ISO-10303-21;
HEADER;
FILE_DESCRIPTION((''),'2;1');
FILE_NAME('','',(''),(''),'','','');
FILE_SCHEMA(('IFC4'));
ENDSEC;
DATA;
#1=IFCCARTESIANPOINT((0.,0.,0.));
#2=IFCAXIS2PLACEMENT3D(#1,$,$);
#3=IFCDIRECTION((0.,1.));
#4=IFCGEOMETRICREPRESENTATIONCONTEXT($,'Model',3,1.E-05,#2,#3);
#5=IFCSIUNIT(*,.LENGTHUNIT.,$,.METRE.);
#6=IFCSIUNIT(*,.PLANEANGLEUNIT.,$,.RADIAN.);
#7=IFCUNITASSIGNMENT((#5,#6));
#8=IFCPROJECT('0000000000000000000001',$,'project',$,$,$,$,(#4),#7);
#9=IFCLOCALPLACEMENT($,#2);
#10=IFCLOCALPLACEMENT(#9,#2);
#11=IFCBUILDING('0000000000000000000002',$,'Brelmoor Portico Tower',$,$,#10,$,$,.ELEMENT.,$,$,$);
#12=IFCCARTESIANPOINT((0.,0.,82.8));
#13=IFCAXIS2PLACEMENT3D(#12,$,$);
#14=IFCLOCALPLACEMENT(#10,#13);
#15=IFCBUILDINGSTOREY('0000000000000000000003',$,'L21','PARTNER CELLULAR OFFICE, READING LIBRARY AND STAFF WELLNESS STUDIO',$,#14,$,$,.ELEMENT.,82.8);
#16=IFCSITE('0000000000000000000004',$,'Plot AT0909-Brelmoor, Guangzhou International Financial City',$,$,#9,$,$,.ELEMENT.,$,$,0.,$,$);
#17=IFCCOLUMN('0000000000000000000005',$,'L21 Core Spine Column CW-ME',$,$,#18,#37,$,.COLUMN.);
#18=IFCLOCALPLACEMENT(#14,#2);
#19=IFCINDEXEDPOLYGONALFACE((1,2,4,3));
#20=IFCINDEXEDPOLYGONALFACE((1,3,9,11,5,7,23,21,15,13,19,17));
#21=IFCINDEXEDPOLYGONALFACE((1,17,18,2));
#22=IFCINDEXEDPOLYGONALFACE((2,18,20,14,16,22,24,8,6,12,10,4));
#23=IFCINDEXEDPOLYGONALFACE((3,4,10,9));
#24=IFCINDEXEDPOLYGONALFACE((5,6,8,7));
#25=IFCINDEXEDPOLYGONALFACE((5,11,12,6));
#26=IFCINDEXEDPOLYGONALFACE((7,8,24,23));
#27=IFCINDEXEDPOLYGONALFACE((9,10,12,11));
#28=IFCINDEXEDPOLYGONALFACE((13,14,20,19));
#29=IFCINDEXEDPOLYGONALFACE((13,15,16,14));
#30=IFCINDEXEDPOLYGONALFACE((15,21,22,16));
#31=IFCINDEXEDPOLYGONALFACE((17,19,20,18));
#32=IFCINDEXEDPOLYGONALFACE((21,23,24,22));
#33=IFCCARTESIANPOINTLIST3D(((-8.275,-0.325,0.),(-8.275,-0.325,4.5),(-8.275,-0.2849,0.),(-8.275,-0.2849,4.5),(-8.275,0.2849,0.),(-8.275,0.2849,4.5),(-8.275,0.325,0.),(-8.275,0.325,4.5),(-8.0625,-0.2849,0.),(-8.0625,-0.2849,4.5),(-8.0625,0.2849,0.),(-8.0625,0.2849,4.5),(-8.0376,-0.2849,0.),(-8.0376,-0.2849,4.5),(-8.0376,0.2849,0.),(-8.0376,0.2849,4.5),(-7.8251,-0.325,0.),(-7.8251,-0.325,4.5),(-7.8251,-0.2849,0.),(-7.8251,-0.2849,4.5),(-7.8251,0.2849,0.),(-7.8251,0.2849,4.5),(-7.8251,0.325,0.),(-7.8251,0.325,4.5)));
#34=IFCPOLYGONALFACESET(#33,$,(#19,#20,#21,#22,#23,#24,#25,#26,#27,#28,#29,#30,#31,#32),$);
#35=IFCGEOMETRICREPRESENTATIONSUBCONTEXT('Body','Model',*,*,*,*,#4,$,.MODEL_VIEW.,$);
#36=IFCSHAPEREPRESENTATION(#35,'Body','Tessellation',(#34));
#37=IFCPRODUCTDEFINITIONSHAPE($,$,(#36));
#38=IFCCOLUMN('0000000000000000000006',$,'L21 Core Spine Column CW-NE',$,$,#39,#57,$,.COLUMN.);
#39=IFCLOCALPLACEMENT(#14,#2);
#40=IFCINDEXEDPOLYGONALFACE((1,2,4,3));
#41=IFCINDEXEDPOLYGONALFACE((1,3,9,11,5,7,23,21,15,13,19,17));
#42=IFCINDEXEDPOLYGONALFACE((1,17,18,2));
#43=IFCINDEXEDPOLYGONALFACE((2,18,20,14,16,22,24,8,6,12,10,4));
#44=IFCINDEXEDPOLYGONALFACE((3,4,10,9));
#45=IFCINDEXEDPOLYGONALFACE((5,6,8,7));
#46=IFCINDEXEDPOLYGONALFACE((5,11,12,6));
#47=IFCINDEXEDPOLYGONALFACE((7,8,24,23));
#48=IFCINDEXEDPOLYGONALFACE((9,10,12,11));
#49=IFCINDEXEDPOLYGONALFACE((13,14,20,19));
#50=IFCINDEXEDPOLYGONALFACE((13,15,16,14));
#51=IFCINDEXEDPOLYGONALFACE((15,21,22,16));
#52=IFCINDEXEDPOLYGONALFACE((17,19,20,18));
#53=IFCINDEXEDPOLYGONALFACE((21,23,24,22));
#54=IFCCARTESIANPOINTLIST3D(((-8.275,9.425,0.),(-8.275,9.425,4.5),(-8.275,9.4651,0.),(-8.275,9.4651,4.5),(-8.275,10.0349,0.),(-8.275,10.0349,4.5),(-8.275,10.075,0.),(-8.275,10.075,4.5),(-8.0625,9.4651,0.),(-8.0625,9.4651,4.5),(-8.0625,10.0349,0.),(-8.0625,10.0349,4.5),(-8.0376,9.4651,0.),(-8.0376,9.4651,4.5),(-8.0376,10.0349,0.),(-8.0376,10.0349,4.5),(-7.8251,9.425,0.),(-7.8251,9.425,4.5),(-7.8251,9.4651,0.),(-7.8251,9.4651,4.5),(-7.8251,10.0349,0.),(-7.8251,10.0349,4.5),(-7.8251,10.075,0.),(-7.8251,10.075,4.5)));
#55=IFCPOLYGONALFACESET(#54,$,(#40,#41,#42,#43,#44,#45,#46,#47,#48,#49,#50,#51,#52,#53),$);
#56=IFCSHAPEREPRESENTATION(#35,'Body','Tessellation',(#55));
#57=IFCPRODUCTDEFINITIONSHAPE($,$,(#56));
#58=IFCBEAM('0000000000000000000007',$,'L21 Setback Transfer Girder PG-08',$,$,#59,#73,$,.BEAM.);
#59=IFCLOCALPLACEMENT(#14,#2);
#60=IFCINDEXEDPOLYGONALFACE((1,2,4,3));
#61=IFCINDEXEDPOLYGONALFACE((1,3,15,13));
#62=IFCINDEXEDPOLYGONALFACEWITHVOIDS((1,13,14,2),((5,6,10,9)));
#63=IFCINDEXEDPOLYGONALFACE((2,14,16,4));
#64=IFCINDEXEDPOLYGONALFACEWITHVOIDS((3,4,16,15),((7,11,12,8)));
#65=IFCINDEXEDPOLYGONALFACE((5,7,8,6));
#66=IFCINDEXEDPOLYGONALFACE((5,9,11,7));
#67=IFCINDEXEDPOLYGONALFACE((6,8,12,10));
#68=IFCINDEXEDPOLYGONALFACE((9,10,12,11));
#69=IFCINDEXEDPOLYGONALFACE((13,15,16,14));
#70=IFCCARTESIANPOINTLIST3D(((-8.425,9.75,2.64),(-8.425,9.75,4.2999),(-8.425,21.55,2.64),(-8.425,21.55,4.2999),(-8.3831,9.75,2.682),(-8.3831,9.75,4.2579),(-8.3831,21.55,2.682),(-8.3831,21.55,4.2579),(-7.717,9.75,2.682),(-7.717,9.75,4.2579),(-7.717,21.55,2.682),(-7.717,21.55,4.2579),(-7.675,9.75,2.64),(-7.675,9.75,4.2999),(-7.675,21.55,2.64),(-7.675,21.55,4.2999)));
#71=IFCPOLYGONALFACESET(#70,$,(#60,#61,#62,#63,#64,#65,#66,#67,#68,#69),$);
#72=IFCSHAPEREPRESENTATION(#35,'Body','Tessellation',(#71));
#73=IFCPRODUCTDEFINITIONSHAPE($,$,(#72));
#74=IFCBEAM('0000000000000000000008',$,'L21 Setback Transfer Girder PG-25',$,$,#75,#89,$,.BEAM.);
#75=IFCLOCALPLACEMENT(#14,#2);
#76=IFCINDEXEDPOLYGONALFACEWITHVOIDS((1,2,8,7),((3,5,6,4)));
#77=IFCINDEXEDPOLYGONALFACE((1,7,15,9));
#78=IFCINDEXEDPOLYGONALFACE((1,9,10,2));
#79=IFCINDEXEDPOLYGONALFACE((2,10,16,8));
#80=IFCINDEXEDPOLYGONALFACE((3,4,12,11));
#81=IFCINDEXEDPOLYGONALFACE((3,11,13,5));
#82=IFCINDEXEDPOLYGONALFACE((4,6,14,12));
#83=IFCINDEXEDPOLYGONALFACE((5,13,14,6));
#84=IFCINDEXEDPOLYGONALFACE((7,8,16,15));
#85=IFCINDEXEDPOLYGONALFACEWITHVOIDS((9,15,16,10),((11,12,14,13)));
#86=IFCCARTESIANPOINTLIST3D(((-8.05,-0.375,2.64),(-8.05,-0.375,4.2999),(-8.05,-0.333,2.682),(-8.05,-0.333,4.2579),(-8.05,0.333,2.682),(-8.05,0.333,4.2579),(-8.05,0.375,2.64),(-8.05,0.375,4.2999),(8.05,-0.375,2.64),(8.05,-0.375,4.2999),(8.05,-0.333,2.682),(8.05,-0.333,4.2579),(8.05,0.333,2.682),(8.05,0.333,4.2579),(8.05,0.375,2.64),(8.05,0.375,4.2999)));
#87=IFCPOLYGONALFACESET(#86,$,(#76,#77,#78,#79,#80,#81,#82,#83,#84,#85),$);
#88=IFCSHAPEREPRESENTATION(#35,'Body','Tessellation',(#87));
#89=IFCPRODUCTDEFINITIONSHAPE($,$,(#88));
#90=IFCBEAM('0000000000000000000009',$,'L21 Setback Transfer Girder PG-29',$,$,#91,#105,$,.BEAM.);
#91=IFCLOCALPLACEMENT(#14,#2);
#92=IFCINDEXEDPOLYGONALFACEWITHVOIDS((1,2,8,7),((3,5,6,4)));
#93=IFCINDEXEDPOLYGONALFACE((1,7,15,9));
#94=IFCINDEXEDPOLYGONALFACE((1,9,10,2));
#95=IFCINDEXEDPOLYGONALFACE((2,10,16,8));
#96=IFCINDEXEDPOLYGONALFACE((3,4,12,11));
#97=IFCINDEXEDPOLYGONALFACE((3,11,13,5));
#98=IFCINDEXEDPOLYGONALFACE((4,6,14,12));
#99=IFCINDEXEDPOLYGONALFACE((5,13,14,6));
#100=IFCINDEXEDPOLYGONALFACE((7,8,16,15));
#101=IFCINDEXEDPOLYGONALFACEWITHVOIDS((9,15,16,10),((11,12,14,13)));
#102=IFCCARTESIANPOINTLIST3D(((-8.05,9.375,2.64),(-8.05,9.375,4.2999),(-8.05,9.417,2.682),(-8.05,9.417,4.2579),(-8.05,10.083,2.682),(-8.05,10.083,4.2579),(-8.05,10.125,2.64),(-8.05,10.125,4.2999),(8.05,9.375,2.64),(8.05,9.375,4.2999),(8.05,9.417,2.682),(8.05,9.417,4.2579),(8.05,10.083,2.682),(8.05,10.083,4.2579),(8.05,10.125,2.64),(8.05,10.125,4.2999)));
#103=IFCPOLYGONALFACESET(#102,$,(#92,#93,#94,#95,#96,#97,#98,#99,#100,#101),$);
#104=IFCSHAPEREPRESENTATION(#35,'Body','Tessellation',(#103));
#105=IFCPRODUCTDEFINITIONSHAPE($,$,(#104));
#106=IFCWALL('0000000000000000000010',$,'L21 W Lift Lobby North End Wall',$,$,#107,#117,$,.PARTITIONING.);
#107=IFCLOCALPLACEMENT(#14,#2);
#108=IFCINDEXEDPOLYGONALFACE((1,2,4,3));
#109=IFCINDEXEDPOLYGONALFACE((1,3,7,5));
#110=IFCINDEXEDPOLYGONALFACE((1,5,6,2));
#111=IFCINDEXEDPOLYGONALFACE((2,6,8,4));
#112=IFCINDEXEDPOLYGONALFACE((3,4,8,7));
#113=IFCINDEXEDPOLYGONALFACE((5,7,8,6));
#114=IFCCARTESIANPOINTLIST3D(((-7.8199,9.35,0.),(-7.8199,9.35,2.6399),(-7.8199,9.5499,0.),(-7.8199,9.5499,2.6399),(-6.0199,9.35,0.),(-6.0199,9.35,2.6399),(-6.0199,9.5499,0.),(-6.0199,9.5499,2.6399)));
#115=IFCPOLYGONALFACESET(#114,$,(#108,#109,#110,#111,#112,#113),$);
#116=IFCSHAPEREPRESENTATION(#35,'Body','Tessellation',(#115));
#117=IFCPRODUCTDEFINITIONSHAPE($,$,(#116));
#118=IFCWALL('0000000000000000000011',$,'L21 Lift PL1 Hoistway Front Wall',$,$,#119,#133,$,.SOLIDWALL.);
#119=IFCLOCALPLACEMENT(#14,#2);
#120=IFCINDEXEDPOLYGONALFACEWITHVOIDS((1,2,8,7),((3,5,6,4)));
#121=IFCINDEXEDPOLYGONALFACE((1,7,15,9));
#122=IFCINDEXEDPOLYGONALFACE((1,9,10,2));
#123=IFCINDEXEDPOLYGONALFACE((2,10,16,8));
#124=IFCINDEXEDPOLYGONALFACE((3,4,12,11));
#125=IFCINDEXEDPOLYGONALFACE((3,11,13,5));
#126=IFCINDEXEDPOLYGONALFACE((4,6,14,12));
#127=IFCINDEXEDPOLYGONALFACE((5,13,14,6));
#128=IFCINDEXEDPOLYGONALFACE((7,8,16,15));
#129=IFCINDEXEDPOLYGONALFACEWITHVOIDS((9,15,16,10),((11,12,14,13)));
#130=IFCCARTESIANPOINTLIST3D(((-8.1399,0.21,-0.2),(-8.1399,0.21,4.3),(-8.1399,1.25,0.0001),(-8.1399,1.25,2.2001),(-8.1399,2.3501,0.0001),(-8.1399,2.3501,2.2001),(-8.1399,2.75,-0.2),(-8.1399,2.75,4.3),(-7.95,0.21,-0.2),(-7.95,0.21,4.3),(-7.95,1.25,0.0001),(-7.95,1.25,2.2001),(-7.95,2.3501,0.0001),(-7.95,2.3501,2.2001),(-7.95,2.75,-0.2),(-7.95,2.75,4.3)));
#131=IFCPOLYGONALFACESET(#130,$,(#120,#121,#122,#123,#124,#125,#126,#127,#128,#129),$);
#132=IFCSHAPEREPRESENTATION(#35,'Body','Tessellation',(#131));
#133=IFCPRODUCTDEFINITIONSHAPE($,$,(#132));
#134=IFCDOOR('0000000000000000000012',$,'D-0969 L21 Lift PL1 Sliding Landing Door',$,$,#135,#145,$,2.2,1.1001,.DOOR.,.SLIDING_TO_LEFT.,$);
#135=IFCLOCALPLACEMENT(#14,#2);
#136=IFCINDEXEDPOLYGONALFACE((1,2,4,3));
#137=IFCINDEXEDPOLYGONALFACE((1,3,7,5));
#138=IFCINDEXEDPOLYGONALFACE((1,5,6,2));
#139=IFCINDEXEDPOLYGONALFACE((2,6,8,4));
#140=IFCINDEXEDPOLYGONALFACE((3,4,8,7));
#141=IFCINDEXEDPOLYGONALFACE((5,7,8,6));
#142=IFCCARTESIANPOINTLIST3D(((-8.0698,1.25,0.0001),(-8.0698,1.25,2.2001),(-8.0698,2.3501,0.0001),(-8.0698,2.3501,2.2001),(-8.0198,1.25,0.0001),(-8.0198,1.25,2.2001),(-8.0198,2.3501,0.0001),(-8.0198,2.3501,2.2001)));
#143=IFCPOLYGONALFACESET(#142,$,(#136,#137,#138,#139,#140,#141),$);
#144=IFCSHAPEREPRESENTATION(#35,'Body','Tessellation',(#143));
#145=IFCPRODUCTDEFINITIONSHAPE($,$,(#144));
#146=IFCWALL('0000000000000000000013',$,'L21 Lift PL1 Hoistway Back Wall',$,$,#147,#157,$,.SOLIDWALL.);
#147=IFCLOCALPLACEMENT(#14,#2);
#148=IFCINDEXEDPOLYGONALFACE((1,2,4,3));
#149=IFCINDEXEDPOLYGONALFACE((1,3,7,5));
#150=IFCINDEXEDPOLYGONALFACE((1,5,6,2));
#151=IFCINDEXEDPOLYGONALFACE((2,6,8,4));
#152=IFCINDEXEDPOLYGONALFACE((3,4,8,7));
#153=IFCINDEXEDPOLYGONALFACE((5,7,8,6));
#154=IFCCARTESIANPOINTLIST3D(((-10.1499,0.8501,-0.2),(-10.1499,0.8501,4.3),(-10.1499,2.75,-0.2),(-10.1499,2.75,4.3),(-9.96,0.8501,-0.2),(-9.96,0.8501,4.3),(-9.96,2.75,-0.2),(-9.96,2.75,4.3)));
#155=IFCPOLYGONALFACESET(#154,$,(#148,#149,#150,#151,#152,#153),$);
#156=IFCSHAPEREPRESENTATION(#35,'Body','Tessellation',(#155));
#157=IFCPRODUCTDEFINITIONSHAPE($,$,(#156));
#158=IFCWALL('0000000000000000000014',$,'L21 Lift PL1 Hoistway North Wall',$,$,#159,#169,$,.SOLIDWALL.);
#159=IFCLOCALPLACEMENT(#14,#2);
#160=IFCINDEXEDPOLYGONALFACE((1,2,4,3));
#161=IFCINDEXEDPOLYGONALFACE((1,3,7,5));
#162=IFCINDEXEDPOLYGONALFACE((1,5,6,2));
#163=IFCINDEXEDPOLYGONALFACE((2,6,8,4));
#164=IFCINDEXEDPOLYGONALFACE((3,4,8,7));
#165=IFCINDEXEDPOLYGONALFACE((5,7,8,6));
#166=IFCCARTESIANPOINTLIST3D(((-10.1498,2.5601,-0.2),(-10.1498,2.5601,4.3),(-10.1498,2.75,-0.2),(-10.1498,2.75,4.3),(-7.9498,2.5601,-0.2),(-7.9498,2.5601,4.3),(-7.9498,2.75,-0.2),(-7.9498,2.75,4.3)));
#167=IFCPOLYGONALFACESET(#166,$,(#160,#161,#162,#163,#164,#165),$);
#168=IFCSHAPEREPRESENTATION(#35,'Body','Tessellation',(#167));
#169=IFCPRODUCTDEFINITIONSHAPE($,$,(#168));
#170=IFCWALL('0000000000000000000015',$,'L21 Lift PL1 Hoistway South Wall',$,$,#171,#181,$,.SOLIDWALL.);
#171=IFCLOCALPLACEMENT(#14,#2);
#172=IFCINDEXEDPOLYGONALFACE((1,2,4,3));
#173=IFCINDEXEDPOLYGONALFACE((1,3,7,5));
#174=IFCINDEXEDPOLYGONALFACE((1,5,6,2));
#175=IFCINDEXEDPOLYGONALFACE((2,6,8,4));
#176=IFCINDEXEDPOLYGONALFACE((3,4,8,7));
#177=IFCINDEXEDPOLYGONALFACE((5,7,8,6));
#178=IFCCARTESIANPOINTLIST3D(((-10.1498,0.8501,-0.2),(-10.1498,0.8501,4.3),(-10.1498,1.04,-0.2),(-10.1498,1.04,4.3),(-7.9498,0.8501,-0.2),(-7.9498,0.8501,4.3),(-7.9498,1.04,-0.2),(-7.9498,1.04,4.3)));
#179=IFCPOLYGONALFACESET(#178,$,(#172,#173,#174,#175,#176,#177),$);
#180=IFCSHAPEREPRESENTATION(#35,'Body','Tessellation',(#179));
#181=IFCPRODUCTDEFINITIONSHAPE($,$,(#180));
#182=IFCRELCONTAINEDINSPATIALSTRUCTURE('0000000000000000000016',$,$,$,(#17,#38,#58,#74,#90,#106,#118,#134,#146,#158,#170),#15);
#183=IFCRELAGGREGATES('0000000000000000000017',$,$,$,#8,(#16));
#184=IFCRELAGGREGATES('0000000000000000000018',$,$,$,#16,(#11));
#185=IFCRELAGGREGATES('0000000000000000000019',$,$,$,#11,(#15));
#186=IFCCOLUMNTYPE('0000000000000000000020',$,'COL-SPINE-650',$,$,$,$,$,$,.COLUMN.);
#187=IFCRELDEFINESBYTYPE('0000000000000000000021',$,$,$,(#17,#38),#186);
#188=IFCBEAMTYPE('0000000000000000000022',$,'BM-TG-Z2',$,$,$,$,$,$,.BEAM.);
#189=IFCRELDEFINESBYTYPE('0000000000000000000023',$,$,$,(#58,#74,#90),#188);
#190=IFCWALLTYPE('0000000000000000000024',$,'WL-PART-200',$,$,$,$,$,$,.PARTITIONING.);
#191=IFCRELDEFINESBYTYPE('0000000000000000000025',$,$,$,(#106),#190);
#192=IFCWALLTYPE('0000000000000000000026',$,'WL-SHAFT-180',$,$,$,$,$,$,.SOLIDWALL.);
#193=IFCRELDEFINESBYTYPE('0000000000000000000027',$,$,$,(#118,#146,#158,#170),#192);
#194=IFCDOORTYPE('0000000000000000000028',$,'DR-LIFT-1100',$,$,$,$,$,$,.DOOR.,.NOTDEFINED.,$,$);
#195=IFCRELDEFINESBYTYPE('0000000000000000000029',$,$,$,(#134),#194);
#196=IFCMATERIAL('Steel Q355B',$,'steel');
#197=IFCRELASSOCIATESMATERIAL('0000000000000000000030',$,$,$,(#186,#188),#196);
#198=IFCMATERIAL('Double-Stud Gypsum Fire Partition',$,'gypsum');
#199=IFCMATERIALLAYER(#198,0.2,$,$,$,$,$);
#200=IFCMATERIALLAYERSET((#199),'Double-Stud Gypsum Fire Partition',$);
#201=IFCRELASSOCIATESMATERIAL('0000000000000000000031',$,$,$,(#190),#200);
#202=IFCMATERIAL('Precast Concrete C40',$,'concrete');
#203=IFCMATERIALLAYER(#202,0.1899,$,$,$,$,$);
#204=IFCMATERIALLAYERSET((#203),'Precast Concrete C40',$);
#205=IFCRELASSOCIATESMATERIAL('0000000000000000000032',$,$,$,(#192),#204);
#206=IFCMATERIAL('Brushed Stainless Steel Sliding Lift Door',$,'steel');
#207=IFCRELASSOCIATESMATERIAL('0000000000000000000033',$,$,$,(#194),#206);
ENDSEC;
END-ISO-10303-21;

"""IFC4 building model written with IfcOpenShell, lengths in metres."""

from ifc_helpers import new_model, si_unit, direction, frame, frame_2d, origin, origin_2d, place, context, subcontext, project, spatial, rectangle, hollow_rectangle, i_section, extrude, material, layer, layer_set, material_profile, profile_set, type_object, element, fill, save


model = new_model("IFC4")

# Units and contexts
model_context = context("Model", 3, precision=1e-05, world=origin(), true_north=direction((0.0, 1.0)))
body_context = subcontext(model_context, "Body", "Model", "MODEL_VIEW")
ifc_project = project(units=[si_unit("LENGTHUNIT", "METRE"), si_unit("PLANEANGLEUNIT", "RADIAN")], contexts=[model_context])

# Site, building, storey
site_placement = place(None, origin())
site = spatial("IfcSite", under=ifc_project, at=site_placement, Name="Plot AT0909-Brelmoor, Guangzhou International Financial City", CompositionType="ELEMENT", RefElevation=0.0)
building_placement = place(site_placement, origin())
building = spatial("IfcBuilding", under=site, at=building_placement, Name="Brelmoor Portico Tower", CompositionType="ELEMENT")
storey_placement = place(building_placement, frame((0.0, 0.0, 82.8)))
storey = spatial("IfcBuildingStorey", under=building, at=storey_placement, Name="L21", Description="PARTNER CELLULAR OFFICE, READING LIBRARY AND STAFF WELLNESS STUDIO", CompositionType="ELEMENT", Elevation=82.8)

# Columns
ifc_material_1 = material(Name="Steel Q355B", Category="steel")
ifc_material_profile_1 = material_profile(ifc_material_1, i_section(OverallWidth=0.45, OverallDepth=0.6499, WebThickness=0.0249, FlangeThickness=0.04, at=origin_2d()), Name="HW 650x450x25x40")
ifc_profile_set_1 = profile_set([ifc_material_profile_1], Name="Steel Q355B")
column_type = type_object("IfcColumnType", Name="COL-SPINE-650", PredefinedType="COLUMN", material=ifc_profile_set_1)
for number, where, z_axis, x_axis, name in (
    (1, (-8.05, 0.0, 0.0), (0.0, 0.0, 1.0), (1.0, 0.0, 0.0), "L21 Core Spine Column CW-ME"),
    (2, (-8.05, 9.75, 0.0), (0.0, 0.0, 1.0), (1.0, 0.0, 0.0), "L21 Core Spine Column CW-NE"),
):
    element("IfcColumn", number, at=place(storey_placement, frame(where, z_axis=z_axis, x_axis=x_axis)), inside=storey, type_object=column_type, Name=name, PredefinedType="COLUMN", context=body_context, shape_type="SweptSolid", body=[
        extrude(i_section(OverallWidth=0.45, OverallDepth=0.6499, WebThickness=0.0249, FlangeThickness=0.04, at=origin_2d()), origin(), (0.0, 0.0, 1.0), 4.5),
    ])

# Beams
ifc_material_profile_2 = material_profile(ifc_material_1, hollow_rectangle(XDim=0.75, YDim=1.6599, WallThickness=0.042, at=origin_2d()), Name="BOX 750x1660x42")
ifc_profile_set_2 = profile_set([ifc_material_profile_2], Name="Steel Q355B")
beam_type = type_object("IfcBeamType", Name="BM-TG-Z2", PredefinedType="BEAM", material=ifc_profile_set_2)
beam_placement = place(storey_placement, frame((-8.05, 9.75, 3.47), z_axis=(0.0, 1.0, 0.0), x_axis=(-1.0, 0.0, 0.0)))
element("IfcBeam", 3, at=beam_placement, inside=storey, type_object=beam_type, Name="L21 Setback Transfer Girder PG-08", PredefinedType="BEAM", context=body_context, shape_type="SweptSolid", body=[
    extrude(hollow_rectangle(XDim=0.75, YDim=1.6599, WallThickness=0.042, at=origin_2d()), origin(), (0.0, 0.0, 1.0), 11.8),
])
for number, where, z_axis, x_axis, name in (
    (4, (-8.05, 0.0, 3.47), (1.0, 0.0, 0.0), (0.0, 1.0, 0.0), "L21 Setback Transfer Girder PG-25"),
    (5, (-8.05, 9.75, 3.47), (1.0, 0.0, 0.0), (0.0, 1.0, 0.0), "L21 Setback Transfer Girder PG-29"),
):
    element("IfcBeam", number, at=place(storey_placement, frame(where, z_axis=z_axis, x_axis=x_axis)), inside=storey, type_object=beam_type, Name=name, PredefinedType="BEAM", context=body_context, shape_type="SweptSolid", body=[
        extrude(hollow_rectangle(XDim=0.75, YDim=1.6599, WallThickness=0.042, at=origin_2d()), origin(), (0.0, 0.0, 1.0), 16.1001),
    ])

# Wall
ifc_material_2 = material(Name="Double-Stud Gypsum Fire Partition", Category="gypsum")
ifc_layer_1 = layer(ifc_material_2, 0.2)
ifc_layer_set_1 = layer_set([ifc_layer_1], Name="Double-Stud Gypsum Fire Partition")
wall_type_1 = type_object("IfcWallType", Name="WL-PART-200", PredefinedType="PARTITIONING", material=ifc_layer_set_1)
wall_1_placement = place(storey_placement, frame((-6.02, 9.45, 0.0), z_axis=(0.0, 0.0, 1.0), x_axis=(-1.0, 0.0, 0.0)))
element("IfcWall", 6, at=wall_1_placement, inside=storey, type_object=wall_type_1, Name="L21 W Lift Lobby North End Wall", PredefinedType="PARTITIONING", context=body_context, shape_type="SweptSolid", body=[
    extrude(rectangle(XDim=1.8, YDim=0.2, at=frame_2d((0.8999, 0.0))), origin(), (0.0, 0.0, 1.0), 2.6399),
])

# Wall, opening, door
ifc_material_3 = material(Name="Precast Concrete C40", Category="concrete")
ifc_layer_2 = layer(ifc_material_3, 0.1899)
ifc_layer_set_2 = layer_set([ifc_layer_2], Name="Precast Concrete C40")
wall_type_2 = type_object("IfcWallType", Name="WL-SHAFT-180", PredefinedType="SOLIDWALL", material=ifc_layer_set_2)
wall_2_placement = place(storey_placement, frame((-8.0449, 0.21, -0.2), z_axis=(0.0, 0.0, 1.0), x_axis=(0.0, 1.0, 0.0)))
wall_2 = element("IfcWall", 7, at=wall_2_placement, inside=storey, type_object=wall_type_2, Name="L21 Lift PL1 Hoistway Front Wall", PredefinedType="SOLIDWALL", context=body_context, shape_type="SweptSolid", body=[
    extrude(rectangle(XDim=2.54, YDim=0.1899, at=frame_2d((1.27, 0.0))), origin(), (0.0, 0.0, 1.0), 4.5),
])
opening_1_placement = place(wall_2_placement, frame((1.04, 0.0, 0.2)))
opening_1 = element("IfcOpeningElement", 8, at=opening_1_placement, cuts=wall_2, PredefinedType="OPENING", context=body_context, shape_type="SweptSolid", body=[
    extrude(rectangle(XDim=1.1001, YDim=2.2, at=frame_2d((0.55, 1.1001))), frame((0.0, 0.105, 0.0), z_axis=(0.0, -1.0, 0.0), x_axis=(1.0, 0.0, 0.0)), (0.0, 0.0, 1.0), 0.21),
])
ifc_material_4 = material(Name="Brushed Stainless Steel Sliding Lift Door", Category="steel")
door_type = type_object("IfcDoorType", Name="DR-LIFT-1100", OperationType="NOTDEFINED", PredefinedType="DOOR", material=ifc_material_4)
door_1_placement = place(opening_1_placement, origin())
door_1 = element("IfcDoor", 9, at=door_1_placement, inside=storey, type_object=door_type, Name="D-0969 L21 Lift PL1 Sliding Landing Door", OperationType="SLIDING_TO_LEFT", OverallHeight=2.2, OverallWidth=1.1001, PredefinedType="DOOR", context=body_context, shape_type="SweptSolid", body=[
    extrude(rectangle(XDim=1.1001, YDim=2.2, at=frame_2d((0.55, 1.1001))), frame((0.0, 0.0249, 0.0), z_axis=(0.0, -1.0, 0.0), x_axis=(1.0, 0.0, 0.0)), (0.0, 0.0, 1.0), 0.05),
])
fill(opening_1, door_1)

# Walls
wall_3_placement = place(storey_placement, frame((-10.0549, 0.8501, -0.2), z_axis=(0.0, 0.0, 1.0), x_axis=(0.0, 1.0, 0.0)))
element("IfcWall", 10, at=wall_3_placement, inside=storey, type_object=wall_type_2, Name="L21 Lift PL1 Hoistway Back Wall", PredefinedType="SOLIDWALL", context=body_context, shape_type="SweptSolid", body=[
    extrude(rectangle(XDim=1.8999, YDim=0.1899, at=frame_2d((0.95, 0.0))), origin(), (0.0, 0.0, 1.0), 4.5),
])
for number, where, z_axis, x_axis, name in (
    (11, (-10.1499, 2.655, -0.2), (0.0, 0.0, 1.0), (1.0, 0.0, 0.0), "L21 Lift PL1 Hoistway North Wall"),
    (12, (-10.1499, 0.9451, -0.2), (0.0, 0.0, 1.0), (1.0, 0.0, 0.0), "L21 Lift PL1 Hoistway South Wall"),
):
    element("IfcWall", number, at=place(storey_placement, frame(where, z_axis=z_axis, x_axis=x_axis)), inside=storey, type_object=wall_type_2, Name=name, PredefinedType="SOLIDWALL", context=body_context, shape_type="SweptSolid", body=[
        extrude(rectangle(XDim=2.2, YDim=0.1899, at=frame_2d((1.1001, 0.0))), origin(), (0.0, 0.0, 1.0), 4.5),
    ])

save(model, "model.ifc")
